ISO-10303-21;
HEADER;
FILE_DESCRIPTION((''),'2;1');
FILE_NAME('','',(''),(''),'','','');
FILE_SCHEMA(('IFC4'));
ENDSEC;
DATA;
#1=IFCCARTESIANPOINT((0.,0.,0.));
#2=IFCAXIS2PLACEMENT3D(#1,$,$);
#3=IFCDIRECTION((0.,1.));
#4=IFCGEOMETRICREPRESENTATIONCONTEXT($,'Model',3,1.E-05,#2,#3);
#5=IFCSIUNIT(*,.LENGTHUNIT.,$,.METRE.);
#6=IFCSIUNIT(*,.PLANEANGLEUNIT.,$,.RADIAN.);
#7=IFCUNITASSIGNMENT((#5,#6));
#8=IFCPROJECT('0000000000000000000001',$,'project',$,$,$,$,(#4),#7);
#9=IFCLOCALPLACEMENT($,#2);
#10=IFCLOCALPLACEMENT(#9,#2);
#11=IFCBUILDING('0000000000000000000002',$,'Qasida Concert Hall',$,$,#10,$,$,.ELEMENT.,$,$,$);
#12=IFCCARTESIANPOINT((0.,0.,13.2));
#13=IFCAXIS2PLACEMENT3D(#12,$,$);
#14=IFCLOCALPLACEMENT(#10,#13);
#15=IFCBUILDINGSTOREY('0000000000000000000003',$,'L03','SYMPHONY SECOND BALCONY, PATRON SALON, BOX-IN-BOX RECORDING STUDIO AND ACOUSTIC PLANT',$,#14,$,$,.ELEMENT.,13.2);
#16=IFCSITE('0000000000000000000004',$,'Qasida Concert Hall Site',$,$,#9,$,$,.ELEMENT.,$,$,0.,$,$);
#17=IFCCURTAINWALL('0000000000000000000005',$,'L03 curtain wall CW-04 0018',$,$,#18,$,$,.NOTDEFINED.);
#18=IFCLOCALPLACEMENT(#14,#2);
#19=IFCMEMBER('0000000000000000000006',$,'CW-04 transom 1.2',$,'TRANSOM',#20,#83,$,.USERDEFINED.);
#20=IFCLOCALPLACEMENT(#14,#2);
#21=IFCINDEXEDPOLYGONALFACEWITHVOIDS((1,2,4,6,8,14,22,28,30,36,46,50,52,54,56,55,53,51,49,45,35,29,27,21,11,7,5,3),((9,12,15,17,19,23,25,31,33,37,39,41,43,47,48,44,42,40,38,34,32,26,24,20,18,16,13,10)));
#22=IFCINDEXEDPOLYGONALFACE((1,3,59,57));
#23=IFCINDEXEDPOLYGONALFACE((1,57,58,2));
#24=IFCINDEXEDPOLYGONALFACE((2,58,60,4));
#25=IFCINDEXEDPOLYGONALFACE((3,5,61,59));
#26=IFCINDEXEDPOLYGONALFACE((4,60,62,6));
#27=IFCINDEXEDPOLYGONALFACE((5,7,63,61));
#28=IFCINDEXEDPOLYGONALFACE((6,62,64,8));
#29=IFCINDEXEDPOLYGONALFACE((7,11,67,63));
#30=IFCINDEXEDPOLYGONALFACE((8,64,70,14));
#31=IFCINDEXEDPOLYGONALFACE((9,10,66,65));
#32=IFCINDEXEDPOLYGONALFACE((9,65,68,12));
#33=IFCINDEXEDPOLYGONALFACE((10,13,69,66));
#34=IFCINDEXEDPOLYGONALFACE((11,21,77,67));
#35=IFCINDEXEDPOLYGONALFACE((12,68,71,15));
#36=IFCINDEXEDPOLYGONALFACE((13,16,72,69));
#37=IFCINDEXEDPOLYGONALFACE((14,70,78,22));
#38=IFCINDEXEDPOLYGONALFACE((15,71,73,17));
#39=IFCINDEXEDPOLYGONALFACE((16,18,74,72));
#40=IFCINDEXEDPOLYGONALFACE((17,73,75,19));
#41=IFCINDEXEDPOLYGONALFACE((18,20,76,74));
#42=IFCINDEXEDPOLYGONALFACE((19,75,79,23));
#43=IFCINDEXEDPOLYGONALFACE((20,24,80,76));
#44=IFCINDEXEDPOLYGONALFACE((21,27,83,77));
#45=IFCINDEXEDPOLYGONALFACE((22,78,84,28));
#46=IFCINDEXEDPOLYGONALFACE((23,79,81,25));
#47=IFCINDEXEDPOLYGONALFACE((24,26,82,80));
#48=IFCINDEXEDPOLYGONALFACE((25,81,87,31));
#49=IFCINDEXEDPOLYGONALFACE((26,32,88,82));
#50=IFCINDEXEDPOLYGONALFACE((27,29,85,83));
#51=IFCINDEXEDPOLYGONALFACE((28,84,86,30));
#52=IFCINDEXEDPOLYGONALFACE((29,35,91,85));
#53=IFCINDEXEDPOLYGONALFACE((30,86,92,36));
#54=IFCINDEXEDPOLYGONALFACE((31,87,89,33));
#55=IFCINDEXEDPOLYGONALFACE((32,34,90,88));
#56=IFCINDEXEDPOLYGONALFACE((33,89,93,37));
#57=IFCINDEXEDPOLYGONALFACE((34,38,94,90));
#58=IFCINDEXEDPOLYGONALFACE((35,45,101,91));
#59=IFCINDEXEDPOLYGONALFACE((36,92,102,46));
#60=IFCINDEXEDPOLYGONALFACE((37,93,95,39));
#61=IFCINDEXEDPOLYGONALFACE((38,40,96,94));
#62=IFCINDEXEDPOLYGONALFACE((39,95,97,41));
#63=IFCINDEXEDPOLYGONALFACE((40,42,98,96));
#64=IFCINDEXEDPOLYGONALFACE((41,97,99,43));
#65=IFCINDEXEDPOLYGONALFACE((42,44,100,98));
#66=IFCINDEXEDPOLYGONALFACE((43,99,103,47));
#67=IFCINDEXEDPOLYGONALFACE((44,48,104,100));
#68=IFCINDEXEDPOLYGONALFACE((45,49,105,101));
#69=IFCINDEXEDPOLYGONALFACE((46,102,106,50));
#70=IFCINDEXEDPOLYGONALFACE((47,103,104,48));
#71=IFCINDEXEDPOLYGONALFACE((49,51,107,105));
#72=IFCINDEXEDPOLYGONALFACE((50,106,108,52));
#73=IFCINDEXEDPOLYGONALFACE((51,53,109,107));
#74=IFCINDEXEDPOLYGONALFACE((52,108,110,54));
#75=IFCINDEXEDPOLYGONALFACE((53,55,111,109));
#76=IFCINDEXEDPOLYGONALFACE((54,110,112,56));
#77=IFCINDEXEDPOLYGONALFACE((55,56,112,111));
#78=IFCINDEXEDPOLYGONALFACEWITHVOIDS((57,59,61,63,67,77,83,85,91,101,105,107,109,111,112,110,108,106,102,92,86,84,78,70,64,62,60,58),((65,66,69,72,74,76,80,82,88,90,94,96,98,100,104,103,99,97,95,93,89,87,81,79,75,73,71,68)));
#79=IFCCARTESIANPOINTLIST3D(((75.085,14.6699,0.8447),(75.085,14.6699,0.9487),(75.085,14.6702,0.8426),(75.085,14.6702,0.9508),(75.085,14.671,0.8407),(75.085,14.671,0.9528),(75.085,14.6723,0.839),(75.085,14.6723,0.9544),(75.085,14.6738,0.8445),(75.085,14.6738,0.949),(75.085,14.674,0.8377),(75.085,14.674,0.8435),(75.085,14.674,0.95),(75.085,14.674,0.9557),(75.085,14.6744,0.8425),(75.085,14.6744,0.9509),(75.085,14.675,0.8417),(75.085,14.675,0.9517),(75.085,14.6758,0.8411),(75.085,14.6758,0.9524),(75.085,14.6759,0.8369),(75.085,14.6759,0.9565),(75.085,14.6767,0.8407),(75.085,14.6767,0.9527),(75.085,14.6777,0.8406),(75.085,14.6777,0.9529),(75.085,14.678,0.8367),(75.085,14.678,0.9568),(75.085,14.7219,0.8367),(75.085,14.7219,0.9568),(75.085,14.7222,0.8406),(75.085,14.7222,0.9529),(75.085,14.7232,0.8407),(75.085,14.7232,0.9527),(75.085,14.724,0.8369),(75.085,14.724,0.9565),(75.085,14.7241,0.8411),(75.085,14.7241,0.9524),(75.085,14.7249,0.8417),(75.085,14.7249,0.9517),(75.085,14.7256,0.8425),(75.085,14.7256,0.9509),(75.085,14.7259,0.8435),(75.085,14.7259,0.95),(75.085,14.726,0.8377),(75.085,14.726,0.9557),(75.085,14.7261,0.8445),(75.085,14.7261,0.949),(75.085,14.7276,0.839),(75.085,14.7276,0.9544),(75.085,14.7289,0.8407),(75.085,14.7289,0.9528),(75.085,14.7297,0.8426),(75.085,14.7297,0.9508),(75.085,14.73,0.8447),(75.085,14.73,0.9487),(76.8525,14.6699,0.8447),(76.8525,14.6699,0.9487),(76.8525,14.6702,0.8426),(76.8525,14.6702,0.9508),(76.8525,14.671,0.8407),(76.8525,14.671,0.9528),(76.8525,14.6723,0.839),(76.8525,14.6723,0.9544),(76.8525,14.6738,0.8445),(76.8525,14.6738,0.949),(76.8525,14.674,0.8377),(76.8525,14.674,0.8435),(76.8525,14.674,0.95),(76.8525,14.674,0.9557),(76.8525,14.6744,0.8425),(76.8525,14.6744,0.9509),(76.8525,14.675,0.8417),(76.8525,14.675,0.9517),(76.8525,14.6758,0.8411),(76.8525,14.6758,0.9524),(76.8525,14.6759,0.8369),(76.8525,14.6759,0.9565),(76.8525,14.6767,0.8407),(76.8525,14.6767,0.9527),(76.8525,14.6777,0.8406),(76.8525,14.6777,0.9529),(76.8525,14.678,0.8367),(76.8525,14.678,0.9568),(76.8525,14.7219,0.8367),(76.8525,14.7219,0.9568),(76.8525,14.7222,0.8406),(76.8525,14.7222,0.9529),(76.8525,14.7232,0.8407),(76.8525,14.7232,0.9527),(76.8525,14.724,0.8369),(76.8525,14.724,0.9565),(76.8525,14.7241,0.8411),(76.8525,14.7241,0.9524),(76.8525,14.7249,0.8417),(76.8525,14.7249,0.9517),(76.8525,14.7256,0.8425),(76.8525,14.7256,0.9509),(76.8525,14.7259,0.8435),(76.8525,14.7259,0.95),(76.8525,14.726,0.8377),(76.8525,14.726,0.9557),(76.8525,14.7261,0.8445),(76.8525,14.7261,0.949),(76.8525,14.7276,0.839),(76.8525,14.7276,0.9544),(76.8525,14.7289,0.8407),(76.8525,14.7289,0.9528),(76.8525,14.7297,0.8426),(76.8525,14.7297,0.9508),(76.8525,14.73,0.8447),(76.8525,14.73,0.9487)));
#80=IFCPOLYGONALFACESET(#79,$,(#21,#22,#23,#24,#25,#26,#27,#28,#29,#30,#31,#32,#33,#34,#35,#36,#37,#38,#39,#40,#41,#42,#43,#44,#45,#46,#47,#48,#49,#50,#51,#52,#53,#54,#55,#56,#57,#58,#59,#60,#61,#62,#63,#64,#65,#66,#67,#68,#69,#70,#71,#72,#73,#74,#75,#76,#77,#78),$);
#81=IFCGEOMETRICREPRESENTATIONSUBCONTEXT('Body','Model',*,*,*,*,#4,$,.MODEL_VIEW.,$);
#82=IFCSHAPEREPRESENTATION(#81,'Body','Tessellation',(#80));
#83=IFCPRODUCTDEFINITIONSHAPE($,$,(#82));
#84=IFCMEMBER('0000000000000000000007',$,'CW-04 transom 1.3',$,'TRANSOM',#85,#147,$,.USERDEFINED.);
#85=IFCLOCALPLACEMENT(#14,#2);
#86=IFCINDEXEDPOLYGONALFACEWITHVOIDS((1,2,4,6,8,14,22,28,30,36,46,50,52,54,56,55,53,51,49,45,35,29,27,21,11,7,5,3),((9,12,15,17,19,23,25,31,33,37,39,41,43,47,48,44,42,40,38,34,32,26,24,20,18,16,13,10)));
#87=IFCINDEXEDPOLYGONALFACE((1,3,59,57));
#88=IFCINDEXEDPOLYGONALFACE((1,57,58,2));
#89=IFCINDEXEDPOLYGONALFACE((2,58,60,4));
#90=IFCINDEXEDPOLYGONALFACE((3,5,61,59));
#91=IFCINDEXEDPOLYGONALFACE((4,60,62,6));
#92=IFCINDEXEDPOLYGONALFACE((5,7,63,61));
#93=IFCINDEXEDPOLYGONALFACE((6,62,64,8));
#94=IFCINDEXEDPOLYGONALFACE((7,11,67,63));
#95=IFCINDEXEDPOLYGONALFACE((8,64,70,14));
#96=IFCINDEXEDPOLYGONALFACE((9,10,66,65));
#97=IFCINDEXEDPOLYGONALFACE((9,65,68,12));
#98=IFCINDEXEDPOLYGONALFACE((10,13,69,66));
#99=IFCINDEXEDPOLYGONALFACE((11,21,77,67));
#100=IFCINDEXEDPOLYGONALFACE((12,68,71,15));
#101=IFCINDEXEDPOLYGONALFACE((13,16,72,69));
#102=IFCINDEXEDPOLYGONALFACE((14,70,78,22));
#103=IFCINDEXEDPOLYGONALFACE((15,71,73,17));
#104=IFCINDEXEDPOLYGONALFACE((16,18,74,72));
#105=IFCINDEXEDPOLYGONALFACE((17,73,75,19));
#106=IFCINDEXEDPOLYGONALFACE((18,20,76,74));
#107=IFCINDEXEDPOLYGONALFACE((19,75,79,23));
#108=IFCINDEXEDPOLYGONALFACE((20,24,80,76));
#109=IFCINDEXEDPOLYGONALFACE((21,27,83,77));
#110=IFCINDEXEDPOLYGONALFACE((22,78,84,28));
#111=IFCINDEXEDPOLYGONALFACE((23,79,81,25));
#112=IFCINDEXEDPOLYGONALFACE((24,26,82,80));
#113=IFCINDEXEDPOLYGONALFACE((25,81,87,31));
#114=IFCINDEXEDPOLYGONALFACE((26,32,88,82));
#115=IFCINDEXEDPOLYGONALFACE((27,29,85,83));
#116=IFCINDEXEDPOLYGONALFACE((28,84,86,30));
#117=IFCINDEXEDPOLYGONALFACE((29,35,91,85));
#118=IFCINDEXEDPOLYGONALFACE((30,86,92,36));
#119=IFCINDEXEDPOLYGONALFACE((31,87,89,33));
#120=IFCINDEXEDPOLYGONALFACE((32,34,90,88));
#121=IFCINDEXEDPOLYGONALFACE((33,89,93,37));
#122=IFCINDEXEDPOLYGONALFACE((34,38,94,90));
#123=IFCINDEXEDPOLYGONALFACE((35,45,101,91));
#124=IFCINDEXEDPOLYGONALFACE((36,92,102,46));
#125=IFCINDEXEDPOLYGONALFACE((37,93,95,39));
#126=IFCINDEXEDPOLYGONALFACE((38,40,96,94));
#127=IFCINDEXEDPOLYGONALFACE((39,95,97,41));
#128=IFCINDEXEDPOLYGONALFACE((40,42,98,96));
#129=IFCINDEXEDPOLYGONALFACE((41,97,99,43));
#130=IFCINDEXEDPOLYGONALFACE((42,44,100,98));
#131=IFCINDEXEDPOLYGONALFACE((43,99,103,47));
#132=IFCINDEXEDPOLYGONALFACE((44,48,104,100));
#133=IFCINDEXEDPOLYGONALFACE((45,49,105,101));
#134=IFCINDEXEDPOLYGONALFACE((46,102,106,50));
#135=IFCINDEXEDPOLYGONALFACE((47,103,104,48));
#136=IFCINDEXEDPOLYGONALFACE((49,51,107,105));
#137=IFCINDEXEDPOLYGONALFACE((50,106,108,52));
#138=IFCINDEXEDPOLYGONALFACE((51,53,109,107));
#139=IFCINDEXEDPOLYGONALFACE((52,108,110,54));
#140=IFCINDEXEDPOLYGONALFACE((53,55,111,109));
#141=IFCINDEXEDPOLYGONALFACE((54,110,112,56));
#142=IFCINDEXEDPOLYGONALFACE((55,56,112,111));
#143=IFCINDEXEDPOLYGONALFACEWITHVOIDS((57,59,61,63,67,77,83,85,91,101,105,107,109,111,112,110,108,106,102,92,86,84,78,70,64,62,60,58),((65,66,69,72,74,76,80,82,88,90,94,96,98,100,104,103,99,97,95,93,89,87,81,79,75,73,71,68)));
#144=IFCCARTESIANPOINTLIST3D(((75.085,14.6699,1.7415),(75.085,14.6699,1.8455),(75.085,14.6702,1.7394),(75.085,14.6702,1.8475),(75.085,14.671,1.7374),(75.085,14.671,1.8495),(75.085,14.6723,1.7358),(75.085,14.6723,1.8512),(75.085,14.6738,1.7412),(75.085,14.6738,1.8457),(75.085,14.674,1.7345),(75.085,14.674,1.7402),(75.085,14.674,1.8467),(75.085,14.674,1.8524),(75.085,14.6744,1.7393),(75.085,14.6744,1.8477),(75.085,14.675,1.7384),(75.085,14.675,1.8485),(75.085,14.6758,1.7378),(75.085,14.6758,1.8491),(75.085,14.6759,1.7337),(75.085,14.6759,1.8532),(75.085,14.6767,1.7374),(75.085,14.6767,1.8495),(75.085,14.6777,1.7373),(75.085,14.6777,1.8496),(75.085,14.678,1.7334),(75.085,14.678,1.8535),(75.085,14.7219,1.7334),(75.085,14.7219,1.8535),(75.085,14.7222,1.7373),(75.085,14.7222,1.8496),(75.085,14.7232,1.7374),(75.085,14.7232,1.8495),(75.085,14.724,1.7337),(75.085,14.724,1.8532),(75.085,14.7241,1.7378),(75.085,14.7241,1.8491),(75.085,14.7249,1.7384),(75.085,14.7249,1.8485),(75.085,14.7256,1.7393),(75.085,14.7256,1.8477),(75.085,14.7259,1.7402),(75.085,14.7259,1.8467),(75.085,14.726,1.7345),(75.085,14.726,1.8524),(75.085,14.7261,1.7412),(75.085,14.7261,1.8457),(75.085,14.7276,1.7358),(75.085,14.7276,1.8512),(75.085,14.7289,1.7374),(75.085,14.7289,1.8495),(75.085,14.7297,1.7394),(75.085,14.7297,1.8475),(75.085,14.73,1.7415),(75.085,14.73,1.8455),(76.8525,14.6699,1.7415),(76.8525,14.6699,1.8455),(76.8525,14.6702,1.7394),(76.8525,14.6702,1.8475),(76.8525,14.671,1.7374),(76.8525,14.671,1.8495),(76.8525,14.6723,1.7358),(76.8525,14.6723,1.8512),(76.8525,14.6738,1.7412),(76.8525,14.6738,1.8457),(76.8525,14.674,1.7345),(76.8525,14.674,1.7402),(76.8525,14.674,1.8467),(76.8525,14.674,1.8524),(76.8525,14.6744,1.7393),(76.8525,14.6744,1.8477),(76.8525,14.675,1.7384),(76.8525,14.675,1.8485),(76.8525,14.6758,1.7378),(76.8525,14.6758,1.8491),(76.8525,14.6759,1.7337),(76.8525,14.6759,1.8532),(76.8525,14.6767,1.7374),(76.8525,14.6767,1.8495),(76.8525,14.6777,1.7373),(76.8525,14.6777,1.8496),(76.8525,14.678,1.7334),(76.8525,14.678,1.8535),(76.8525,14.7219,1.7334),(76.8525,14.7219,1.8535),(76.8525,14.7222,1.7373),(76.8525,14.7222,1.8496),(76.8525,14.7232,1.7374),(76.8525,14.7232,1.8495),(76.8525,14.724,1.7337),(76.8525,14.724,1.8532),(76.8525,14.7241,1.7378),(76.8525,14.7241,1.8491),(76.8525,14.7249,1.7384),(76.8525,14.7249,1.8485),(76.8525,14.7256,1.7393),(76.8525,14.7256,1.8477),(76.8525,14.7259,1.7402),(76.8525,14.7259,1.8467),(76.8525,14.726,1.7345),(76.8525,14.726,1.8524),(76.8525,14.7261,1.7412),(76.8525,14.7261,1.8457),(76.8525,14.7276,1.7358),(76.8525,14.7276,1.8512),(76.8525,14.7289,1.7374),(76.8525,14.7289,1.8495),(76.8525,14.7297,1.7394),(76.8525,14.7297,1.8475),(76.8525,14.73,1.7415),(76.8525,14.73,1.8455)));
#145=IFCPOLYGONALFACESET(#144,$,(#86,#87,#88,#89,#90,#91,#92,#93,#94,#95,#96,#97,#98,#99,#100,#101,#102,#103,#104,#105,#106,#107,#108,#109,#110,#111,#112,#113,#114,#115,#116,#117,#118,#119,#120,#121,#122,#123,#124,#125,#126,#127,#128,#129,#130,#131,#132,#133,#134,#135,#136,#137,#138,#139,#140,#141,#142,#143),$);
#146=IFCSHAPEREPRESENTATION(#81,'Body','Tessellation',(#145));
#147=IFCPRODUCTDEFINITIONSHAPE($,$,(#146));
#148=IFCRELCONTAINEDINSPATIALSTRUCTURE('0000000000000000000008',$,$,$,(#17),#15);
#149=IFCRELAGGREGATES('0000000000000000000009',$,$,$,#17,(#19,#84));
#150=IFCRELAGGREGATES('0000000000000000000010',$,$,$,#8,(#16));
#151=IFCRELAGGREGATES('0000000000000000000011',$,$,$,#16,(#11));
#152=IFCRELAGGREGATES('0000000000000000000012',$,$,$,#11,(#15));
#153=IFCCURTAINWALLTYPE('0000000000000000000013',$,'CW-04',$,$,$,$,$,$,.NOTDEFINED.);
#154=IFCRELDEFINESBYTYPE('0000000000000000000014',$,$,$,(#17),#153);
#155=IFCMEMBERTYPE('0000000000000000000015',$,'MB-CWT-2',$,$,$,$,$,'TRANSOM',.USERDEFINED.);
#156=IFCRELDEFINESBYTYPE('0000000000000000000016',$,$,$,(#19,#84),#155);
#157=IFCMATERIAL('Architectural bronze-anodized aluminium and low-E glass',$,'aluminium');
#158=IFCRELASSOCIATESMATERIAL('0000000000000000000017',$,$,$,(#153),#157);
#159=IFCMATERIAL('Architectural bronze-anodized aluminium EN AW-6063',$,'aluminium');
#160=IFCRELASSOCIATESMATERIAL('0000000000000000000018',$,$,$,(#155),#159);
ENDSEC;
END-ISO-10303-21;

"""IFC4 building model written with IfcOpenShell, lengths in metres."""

from ifc_helpers import new_model, si_unit, direction, frame, origin, origin_2d, place, context, subcontext, project, spatial, hollow_rectangle, extrude, material, material_profile, profile_set, type_object, element, aggregate, save


model = new_model("IFC4")

# Units and contexts
model_context = context("Model", 3, precision=1e-05, world=origin(), true_north=direction((0.0, 1.0)))
body_context = subcontext(model_context, "Body", "Model", "MODEL_VIEW")
ifc_project = project(units=[si_unit("LENGTHUNIT", "METRE"), si_unit("PLANEANGLEUNIT", "RADIAN")], contexts=[model_context])

# Site, building, storey
site_placement = place(None, origin())
site = spatial("IfcSite", under=ifc_project, at=site_placement, Name="Qasida Concert Hall Site", CompositionType="ELEMENT", RefElevation=0.0)
building_placement = place(site_placement, origin())
building = spatial("IfcBuilding", under=site, at=building_placement, Name="Qasida Concert Hall", CompositionType="ELEMENT")
storey_placement = place(building_placement, frame((0.0, 0.0, 13.2)))
storey = spatial("IfcBuildingStorey", under=building, at=storey_placement, Name="L03", Description="SYMPHONY SECOND BALCONY, PATRON SALON, BOX-IN-BOX RECORDING STUDIO AND ACOUSTIC PLANT", CompositionType="ELEMENT", Elevation=13.2)

# Shared definitions
ifc_material_1 = material(Name="Architectural bronze-anodized aluminium and low-E glass", Category="aluminium")
curtain_wall_type = type_object("IfcCurtainWallType", Name="CW-04", PredefinedType="NOTDEFINED", material=ifc_material_1)
ifc_material_2 = material(Name="Architectural bronze-anodized aluminium EN AW-6063", Category="aluminium")

# Curtain wall
curtain_wall_1_placement = place(storey_placement, origin())
curtain_wall_1 = element("IfcCurtainWall", 1, at=curtain_wall_1_placement, inside=storey, type_object=curtain_wall_type, Name="L03 curtain wall CW-04 0018", PredefinedType="NOTDEFINED")

# Members
ifc_material_profile_1 = material_profile(ifc_material_2, hollow_rectangle(XDim=0.0601, YDim=0.1201, WallThickness=0.0039, InnerFilletRadius=0.0039, OuterFilletRadius=0.0081, at=origin_2d()), Name="CWT 120x60x4")
ifc_profile_set_1 = profile_set([ifc_material_profile_1], Name="Architectural bronze-anodized aluminium EN AW-6063")
member_type_1 = type_object("IfcMemberType", Name="MB-CWT-2", ElementType="TRANSOM", PredefinedType="USERDEFINED", material=ifc_profile_set_1)
member_1_placement = place(storey_placement, frame((75.085, 14.7, 0.8967), z_axis=(1.0, 0.0, 0.0), x_axis=(0.0, 1.0, 0.0)))
member_1 = element("IfcMember", 2, at=member_1_placement, type_object=member_type_1, Name="CW-04 transom 1.2", ObjectType="TRANSOM", PredefinedType="USERDEFINED", context=body_context, shape_type="SweptSolid", body=[
    extrude(hollow_rectangle(XDim=0.0601, YDim=0.1201, WallThickness=0.0039, InnerFilletRadius=0.0039, OuterFilletRadius=0.0081, at=origin_2d()), origin(), (0.0, 0.0, 1.0), 1.7676),
])
member_2_placement = place(storey_placement, frame((75.085, 14.7, 1.7935), z_axis=(1.0, 0.0, 0.0), x_axis=(0.0, 1.0, 0.0)))
member_2 = element("IfcMember", 3, at=member_2_placement, type_object=member_type_1, Name="CW-04 transom 1.3", ObjectType="TRANSOM", PredefinedType="USERDEFINED", context=body_context, shape_type="SweptSolid", body=[
    extrude(hollow_rectangle(XDim=0.0601, YDim=0.1201, WallThickness=0.0039, InnerFilletRadius=0.0039, OuterFilletRadius=0.0081, at=origin_2d()), origin(), (0.0, 0.0, 1.0), 1.7676),
])

aggregate(curtain_wall_1, [member_1, member_2])

save(model, "model.ifc")
